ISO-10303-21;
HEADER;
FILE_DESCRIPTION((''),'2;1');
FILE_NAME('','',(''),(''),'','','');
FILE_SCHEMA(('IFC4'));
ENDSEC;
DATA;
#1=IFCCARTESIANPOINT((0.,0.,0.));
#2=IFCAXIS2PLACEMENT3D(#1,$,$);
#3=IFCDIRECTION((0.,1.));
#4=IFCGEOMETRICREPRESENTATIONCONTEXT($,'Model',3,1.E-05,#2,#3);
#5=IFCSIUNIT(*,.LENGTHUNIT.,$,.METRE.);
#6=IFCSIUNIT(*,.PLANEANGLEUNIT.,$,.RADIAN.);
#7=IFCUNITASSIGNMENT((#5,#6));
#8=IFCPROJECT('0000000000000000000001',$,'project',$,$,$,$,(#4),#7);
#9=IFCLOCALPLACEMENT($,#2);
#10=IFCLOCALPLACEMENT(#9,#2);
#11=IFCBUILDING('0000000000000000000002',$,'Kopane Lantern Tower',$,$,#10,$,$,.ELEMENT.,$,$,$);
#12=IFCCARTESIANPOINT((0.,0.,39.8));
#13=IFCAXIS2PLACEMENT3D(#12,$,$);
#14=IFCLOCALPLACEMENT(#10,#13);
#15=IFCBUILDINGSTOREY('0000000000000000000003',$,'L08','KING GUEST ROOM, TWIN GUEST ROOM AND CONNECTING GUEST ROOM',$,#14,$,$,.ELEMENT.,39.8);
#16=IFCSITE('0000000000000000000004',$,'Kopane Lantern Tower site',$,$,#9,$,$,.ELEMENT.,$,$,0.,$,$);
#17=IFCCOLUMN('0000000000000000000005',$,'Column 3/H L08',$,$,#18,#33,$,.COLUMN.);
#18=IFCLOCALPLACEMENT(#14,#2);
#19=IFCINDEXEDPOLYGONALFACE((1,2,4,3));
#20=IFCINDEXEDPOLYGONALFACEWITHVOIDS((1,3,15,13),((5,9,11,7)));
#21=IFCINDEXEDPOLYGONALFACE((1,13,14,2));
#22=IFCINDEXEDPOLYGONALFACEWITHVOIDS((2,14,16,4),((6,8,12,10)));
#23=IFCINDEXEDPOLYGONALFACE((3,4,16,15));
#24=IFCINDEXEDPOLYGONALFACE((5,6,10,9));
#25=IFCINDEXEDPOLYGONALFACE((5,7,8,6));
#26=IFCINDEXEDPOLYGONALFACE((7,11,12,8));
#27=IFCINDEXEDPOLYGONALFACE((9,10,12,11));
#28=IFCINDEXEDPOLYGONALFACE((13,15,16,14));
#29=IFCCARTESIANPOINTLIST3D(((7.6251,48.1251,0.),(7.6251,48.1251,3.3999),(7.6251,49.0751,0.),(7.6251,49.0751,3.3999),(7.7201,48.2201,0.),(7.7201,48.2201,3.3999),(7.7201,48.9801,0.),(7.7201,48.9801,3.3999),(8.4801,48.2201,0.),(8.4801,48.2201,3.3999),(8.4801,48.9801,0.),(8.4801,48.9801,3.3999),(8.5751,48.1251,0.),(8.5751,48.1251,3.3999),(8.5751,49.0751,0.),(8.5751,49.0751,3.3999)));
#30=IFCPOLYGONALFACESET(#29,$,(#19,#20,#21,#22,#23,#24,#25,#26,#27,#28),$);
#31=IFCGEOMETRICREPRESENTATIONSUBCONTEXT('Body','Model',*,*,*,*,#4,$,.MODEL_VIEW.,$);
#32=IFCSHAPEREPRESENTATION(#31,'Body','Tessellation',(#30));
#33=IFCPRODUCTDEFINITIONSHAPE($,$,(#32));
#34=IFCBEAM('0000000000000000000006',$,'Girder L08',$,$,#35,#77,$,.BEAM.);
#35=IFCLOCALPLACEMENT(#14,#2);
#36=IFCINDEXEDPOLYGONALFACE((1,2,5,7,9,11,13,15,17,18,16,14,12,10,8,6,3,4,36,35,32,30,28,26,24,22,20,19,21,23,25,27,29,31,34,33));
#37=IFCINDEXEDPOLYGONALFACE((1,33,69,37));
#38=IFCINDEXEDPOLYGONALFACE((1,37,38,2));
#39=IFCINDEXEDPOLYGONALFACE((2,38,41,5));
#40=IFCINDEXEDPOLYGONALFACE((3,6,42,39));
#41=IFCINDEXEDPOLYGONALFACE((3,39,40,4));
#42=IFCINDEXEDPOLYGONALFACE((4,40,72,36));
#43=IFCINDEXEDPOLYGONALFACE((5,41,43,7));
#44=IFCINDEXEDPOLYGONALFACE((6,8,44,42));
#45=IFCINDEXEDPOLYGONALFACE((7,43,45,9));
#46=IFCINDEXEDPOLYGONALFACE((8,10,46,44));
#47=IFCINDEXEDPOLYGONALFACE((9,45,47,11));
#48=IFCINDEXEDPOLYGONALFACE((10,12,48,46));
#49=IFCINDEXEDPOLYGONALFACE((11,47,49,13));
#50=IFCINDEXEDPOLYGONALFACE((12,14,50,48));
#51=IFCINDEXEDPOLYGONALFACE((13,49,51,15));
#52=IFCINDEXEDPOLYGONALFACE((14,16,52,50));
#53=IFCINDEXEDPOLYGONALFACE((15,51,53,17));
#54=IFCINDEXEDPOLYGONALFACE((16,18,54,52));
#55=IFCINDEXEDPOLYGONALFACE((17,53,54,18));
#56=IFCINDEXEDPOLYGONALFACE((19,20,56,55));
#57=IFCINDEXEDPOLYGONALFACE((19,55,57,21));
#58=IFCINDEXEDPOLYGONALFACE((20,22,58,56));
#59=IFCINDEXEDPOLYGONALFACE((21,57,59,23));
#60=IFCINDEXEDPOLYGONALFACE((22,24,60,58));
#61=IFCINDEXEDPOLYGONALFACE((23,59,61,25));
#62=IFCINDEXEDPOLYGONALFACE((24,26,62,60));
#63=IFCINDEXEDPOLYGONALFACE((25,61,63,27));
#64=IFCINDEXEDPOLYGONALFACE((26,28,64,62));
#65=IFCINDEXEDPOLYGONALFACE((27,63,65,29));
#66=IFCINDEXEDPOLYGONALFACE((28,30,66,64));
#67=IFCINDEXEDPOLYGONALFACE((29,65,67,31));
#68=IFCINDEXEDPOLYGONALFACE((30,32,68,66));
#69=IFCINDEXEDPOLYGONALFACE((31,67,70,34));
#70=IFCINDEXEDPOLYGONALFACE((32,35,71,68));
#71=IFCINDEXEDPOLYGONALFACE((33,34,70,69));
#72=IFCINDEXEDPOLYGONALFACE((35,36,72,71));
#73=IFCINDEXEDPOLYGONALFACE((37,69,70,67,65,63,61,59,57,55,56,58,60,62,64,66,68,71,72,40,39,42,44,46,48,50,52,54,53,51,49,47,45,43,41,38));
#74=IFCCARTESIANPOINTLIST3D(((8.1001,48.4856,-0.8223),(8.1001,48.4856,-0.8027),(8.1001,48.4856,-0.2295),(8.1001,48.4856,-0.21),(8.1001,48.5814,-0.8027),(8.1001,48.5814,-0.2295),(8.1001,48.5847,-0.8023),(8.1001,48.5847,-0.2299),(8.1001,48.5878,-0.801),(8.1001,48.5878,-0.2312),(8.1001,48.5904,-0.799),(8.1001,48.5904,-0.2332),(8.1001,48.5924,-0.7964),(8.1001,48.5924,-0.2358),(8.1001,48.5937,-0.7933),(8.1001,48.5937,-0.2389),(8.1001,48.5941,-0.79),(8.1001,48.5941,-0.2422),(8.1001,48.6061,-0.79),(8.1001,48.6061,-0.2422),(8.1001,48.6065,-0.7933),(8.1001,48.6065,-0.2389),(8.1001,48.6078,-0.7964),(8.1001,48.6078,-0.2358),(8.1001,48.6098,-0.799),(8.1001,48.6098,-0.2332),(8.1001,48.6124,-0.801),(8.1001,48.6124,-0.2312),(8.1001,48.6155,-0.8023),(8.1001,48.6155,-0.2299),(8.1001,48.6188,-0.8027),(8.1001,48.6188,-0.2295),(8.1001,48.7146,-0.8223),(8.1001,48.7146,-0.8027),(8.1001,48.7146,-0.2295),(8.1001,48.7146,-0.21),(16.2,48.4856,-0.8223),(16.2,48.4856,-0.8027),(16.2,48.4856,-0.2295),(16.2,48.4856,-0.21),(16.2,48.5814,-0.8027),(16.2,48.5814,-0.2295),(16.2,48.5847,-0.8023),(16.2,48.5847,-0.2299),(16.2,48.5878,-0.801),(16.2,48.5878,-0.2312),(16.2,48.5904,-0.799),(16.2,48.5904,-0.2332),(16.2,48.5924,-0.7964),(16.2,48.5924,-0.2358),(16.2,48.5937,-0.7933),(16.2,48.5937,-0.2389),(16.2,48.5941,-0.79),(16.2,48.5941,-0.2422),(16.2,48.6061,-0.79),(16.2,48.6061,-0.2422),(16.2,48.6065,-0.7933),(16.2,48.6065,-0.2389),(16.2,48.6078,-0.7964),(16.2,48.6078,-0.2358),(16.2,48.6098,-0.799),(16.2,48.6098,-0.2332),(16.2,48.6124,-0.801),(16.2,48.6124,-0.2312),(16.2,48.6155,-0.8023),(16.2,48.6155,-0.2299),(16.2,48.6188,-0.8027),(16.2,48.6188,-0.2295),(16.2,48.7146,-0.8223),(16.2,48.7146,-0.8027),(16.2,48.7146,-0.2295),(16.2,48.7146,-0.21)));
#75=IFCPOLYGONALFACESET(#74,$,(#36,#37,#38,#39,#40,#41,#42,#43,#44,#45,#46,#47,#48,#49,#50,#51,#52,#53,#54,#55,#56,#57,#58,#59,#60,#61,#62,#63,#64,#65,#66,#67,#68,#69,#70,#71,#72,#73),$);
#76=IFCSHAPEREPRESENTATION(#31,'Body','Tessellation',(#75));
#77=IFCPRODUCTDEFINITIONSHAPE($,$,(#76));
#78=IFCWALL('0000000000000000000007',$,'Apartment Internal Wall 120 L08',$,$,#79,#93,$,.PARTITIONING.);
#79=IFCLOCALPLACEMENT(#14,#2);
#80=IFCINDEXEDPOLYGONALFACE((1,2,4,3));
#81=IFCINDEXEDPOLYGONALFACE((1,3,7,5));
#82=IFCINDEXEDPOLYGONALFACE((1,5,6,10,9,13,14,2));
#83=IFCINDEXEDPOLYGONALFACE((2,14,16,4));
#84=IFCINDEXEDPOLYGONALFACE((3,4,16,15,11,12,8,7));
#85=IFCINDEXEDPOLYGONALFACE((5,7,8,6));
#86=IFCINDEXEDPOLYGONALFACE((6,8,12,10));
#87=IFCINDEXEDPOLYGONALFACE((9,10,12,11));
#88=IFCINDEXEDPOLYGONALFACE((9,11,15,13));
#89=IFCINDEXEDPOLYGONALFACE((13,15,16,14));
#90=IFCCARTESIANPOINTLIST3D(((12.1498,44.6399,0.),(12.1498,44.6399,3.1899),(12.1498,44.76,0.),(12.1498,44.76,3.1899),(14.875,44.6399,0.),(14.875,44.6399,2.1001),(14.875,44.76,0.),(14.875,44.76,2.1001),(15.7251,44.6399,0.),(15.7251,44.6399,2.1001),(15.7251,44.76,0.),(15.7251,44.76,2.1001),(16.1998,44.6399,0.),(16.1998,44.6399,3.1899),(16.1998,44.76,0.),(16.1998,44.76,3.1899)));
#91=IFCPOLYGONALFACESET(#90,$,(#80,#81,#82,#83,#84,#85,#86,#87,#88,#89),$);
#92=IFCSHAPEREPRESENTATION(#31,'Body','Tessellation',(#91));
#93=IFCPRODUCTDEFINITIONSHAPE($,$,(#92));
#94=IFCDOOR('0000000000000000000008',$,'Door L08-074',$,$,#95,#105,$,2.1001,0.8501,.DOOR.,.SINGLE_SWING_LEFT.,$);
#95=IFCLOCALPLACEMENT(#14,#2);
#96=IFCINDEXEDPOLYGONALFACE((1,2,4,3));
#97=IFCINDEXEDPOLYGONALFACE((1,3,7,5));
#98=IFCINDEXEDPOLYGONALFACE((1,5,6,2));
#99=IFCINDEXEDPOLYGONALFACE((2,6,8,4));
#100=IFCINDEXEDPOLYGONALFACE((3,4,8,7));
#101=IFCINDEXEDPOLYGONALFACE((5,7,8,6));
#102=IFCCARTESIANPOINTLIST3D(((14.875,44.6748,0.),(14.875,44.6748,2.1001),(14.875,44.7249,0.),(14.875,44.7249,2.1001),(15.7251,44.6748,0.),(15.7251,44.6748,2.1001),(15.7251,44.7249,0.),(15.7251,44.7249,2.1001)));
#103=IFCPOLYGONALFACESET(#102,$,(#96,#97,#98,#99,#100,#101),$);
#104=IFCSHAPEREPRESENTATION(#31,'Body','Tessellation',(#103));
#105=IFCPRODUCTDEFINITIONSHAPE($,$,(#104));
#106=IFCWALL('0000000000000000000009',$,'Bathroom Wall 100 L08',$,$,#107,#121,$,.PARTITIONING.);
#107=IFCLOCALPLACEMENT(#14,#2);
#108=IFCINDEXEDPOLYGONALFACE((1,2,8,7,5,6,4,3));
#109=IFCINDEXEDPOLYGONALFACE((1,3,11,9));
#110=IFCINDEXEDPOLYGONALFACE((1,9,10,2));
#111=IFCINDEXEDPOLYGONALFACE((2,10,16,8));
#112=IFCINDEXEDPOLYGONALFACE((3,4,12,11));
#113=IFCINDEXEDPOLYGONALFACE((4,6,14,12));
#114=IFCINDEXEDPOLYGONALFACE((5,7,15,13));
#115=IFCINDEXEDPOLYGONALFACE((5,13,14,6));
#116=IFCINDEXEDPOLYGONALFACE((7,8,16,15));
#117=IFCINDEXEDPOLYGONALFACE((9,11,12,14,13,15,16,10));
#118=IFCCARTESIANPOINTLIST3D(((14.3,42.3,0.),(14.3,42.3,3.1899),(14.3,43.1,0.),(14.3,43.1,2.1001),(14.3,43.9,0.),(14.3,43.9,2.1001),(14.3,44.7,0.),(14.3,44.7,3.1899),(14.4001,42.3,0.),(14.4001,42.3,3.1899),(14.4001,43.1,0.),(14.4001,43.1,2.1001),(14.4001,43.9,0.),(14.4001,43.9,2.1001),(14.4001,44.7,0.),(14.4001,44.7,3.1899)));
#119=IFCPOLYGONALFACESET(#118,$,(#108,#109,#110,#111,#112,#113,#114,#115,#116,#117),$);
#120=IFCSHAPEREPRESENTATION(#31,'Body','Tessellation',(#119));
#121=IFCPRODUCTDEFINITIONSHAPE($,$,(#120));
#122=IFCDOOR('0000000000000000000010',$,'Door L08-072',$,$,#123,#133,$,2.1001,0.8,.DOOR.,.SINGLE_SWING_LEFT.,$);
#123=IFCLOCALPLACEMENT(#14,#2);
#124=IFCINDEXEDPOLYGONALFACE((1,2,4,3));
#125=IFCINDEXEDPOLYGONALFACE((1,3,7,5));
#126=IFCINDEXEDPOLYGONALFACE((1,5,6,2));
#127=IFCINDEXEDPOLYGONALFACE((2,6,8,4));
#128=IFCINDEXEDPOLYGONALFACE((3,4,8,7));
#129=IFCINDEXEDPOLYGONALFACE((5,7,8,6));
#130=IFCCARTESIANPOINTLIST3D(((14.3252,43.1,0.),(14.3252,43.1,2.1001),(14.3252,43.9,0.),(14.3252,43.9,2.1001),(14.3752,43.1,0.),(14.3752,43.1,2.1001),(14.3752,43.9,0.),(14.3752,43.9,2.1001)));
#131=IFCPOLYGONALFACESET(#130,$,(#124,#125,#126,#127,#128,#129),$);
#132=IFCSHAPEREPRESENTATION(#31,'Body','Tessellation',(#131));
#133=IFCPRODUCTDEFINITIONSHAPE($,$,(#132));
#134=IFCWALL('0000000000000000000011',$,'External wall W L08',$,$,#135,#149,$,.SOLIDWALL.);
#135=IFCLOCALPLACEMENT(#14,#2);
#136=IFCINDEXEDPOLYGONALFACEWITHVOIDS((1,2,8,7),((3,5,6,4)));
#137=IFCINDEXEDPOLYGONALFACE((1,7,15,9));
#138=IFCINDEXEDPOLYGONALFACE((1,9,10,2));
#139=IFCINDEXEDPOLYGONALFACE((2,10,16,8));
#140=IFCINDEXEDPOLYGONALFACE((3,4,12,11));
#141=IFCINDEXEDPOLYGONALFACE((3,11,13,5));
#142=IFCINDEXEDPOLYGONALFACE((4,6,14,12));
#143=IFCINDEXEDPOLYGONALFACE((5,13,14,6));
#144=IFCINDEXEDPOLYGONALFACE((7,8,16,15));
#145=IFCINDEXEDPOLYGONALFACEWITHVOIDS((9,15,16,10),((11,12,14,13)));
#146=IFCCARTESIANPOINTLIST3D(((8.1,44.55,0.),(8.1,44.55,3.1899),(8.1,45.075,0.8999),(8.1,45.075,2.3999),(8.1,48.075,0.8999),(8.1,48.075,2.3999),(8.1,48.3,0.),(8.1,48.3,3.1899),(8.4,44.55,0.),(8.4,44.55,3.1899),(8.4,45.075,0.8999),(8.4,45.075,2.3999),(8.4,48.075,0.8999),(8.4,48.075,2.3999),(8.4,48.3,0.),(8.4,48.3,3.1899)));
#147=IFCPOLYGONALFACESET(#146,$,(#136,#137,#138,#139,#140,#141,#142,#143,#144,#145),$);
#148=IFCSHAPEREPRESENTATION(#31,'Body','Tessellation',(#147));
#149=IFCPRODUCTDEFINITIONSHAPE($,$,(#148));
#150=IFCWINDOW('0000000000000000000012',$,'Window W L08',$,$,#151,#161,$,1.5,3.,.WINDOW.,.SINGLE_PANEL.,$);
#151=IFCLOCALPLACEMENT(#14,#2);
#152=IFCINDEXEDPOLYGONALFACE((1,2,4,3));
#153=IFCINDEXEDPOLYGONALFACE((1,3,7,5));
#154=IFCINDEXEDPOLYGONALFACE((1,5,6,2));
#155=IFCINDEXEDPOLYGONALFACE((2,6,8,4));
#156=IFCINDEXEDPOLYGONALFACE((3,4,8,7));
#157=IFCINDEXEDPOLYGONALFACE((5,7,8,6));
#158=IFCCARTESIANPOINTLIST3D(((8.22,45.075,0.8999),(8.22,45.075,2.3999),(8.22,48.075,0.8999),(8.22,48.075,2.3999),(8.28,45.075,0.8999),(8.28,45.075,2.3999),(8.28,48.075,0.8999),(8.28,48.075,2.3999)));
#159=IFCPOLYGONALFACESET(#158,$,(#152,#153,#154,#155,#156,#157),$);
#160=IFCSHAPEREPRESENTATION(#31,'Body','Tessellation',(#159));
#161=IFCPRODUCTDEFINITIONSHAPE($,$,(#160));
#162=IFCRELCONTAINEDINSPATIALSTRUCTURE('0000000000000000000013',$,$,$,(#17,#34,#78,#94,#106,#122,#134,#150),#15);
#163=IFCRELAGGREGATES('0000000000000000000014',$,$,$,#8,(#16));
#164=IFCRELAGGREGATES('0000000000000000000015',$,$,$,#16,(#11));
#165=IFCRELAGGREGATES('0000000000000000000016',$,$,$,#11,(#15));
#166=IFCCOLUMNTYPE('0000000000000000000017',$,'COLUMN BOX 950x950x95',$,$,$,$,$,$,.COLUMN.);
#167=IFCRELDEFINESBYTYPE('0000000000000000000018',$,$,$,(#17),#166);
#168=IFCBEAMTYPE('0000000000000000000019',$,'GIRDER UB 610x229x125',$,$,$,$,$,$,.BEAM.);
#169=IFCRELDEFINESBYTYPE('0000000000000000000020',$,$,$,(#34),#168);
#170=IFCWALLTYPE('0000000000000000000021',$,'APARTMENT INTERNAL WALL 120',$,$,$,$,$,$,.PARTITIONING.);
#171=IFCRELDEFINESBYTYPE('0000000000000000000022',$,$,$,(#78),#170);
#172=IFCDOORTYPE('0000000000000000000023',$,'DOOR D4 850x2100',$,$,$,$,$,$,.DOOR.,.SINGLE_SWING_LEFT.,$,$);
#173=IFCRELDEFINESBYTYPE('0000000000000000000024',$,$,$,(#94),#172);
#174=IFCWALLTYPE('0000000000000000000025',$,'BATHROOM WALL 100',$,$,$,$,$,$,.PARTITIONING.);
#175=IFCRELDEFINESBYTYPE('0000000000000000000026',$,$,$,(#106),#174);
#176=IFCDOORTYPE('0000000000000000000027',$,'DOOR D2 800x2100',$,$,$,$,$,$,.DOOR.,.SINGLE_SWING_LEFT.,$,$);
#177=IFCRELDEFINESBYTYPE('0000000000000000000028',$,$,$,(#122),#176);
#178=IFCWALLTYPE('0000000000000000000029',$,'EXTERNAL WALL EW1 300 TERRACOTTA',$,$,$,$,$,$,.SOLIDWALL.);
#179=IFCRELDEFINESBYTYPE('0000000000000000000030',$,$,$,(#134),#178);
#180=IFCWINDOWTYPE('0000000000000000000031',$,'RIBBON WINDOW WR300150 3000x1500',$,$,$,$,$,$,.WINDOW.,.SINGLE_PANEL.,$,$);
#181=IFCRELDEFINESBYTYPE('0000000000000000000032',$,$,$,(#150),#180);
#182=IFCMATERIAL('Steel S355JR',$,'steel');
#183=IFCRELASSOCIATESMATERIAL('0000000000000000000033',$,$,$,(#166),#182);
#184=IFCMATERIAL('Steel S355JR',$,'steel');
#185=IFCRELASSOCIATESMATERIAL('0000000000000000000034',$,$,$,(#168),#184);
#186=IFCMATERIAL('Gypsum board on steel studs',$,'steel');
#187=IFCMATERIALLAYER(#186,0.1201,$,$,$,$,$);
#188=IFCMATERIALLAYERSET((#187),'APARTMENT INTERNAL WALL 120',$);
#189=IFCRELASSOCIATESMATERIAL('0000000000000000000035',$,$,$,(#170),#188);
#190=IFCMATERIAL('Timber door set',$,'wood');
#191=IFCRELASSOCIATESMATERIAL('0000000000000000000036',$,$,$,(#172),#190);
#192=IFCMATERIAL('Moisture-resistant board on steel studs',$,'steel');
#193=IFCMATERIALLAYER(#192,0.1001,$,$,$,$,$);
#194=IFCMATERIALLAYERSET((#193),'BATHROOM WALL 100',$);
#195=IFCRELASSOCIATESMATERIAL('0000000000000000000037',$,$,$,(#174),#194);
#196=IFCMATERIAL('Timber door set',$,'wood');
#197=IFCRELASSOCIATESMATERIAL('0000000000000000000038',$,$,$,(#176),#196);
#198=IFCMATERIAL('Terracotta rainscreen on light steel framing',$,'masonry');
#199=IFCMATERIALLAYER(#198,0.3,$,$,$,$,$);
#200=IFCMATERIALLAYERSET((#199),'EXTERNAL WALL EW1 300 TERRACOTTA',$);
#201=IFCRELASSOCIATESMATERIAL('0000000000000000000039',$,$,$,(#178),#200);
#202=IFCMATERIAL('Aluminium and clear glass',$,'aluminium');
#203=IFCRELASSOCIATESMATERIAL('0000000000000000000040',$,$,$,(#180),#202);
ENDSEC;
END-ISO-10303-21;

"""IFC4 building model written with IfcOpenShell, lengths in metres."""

from ifc_helpers import new_model, si_unit, direction, frame, frame_2d, origin, origin_2d, place, context, subcontext, project, spatial, rectangle, hollow_rectangle, i_section, extrude, material, layer, layer_set, material_profile, profile_set, type_object, element, fill, save


model = new_model("IFC4")

# Units and contexts
model_context = context("Model", 3, precision=1e-05, world=origin(), true_north=direction((0.0, 1.0)))
body_context = subcontext(model_context, "Body", "Model", "MODEL_VIEW")
ifc_project = project(units=[si_unit("LENGTHUNIT", "METRE"), si_unit("PLANEANGLEUNIT", "RADIAN")], contexts=[model_context])

# Site, building, storey
site_placement = place(None, origin())
site = spatial("IfcSite", under=ifc_project, at=site_placement, Name="Kopane Lantern Tower site", CompositionType="ELEMENT", RefElevation=0.0)
building_placement = place(site_placement, origin())
building = spatial("IfcBuilding", under=site, at=building_placement, Name="Kopane Lantern Tower", CompositionType="ELEMENT")
storey_placement = place(building_placement, frame((0.0, 0.0, 39.8)))
storey = spatial("IfcBuildingStorey", under=building, at=storey_placement, Name="L08", Description="KING GUEST ROOM, TWIN GUEST ROOM AND CONNECTING GUEST ROOM", CompositionType="ELEMENT", Elevation=39.8)

# Column
ifc_material_1 = material(Name="Steel S355JR", Category="steel")
ifc_material_profile_1 = material_profile(ifc_material_1, hollow_rectangle(XDim=0.95, YDim=0.95, WallThickness=0.095, at=origin_2d()), Name="BOX 950x950x95")
ifc_profile_set_1 = profile_set([ifc_material_profile_1], Name="Steel S355JR")
column_type = type_object("IfcColumnType", Name="COLUMN BOX 950x950x95", PredefinedType="COLUMN", material=ifc_profile_set_1)
column_placement = place(storey_placement, frame((8.1001, 48.6001, 0.0), z_axis=(0.0, 0.0, 1.0), x_axis=(1.0, 0.0, 0.0)))
element("IfcColumn", 1, at=column_placement, inside=storey, type_object=column_type, Name="Column 3/H L08", PredefinedType="COLUMN", context=body_context, shape_type="SweptSolid", body=[
    extrude(hollow_rectangle(XDim=0.95, YDim=0.95, WallThickness=0.095, at=origin_2d()), origin(), (0.0, 0.0, 1.0), 3.3999),
])

# Beam
ifc_material_2 = material(Name="Steel S355JR", Category="steel")
ifc_material_profile_2 = material_profile(ifc_material_2, i_section(OverallWidth=0.229, OverallDepth=0.6123, WebThickness=0.012, FlangeThickness=0.0195, FilletRadius=0.0127, at=origin_2d()), Name="UB 610x229x125")
ifc_profile_set_2 = profile_set([ifc_material_profile_2], Name="Steel S355JR")
beam_type = type_object("IfcBeamType", Name="GIRDER UB 610x229x125", PredefinedType="BEAM", material=ifc_profile_set_2)
beam_placement = place(storey_placement, frame((8.1001, 48.6001, -0.5161), z_axis=(1.0, 0.0, 0.0), x_axis=(0.0, 1.0, 0.0)))
element("IfcBeam", 2, at=beam_placement, inside=storey, type_object=beam_type, Name="Girder L08", PredefinedType="BEAM", context=body_context, shape_type="SweptSolid", body=[
    extrude(i_section(OverallWidth=0.229, OverallDepth=0.6123, WebThickness=0.012, FlangeThickness=0.0195, FilletRadius=0.0127, at=origin_2d()), origin(), (0.0, 0.0, 1.0), 8.0999),
])

# Walls, openings, doors
ifc_material_3 = material(Name="Gypsum board on steel studs", Category="steel")
ifc_layer_1 = layer(ifc_material_3, 0.1201)
ifc_layer_set_1 = layer_set([ifc_layer_1], Name="APARTMENT INTERNAL WALL 120")
wall_type_1 = type_object("IfcWallType", Name="APARTMENT INTERNAL WALL 120", PredefinedType="PARTITIONING", material=ifc_layer_set_1)
wall_1_placement = place(storey_placement, frame((12.1499, 44.7, 0.0), z_axis=(0.0, 0.0, 1.0), x_axis=(1.0, 0.0, 0.0)))
wall_1 = element("IfcWall", 3, at=wall_1_placement, inside=storey, type_object=wall_type_1, Name="Apartment Internal Wall 120 L08", PredefinedType="PARTITIONING", context=body_context, shape_type="SweptSolid", body=[
    extrude(rectangle(XDim=4.05, YDim=0.1201, at=frame_2d((2.0249, 0.0))), origin(), (0.0, 0.0, 1.0), 3.1899),
])
opening_1_placement = place(wall_1_placement, frame((2.7251, 0.0, 0.0)))
opening_1 = element("IfcOpeningElement", 4, at=opening_1_placement, cuts=wall_1, PredefinedType="OPENING", context=body_context, shape_type="SweptSolid", body=[
    extrude(rectangle(XDim=0.8501, YDim=2.1001, at=frame_2d((0.425, 1.05))), frame((0.0, 0.0701, 0.0), z_axis=(0.0, -1.0, 0.0), x_axis=(1.0, 0.0, 0.0)), (0.0, 0.0, 1.0), 0.1401),
])
ifc_material_4 = material(Name="Timber door set", Category="wood")
door_type_1 = type_object("IfcDoorType", Name="DOOR D4 850x2100", OperationType="SINGLE_SWING_LEFT", PredefinedType="DOOR", material=ifc_material_4)
door_1_placement = place(opening_1_placement, origin())
door_1 = element("IfcDoor", 5, at=door_1_placement, inside=storey, type_object=door_type_1, Name="Door L08-074", OperationType="SINGLE_SWING_LEFT", OverallHeight=2.1001, OverallWidth=0.8501, PredefinedType="DOOR", context=body_context, shape_type="SweptSolid", body=[
    extrude(rectangle(XDim=0.8501, YDim=2.1001, at=frame_2d((0.425, 1.05))), frame((0.0, 0.0249, 0.0), z_axis=(0.0, -1.0, 0.0), x_axis=(1.0, 0.0, 0.0)), (0.0, 0.0, 1.0), 0.05),
])
fill(opening_1, door_1)
ifc_material_5 = material(Name="Moisture-resistant board on steel studs", Category="steel")
ifc_layer_2 = layer(ifc_material_5, 0.1001)
ifc_layer_set_2 = layer_set([ifc_layer_2], Name="BATHROOM WALL 100")
wall_type_2 = type_object("IfcWallType", Name="BATHROOM WALL 100", PredefinedType="PARTITIONING", material=ifc_layer_set_2)
wall_2_placement = place(storey_placement, frame((14.3501, 42.3, 0.0), z_axis=(0.0, 0.0, 1.0), x_axis=(0.0, 1.0, 0.0)))
wall_2 = element("IfcWall", 6, at=wall_2_placement, inside=storey, type_object=wall_type_2, Name="Bathroom Wall 100 L08", PredefinedType="PARTITIONING", context=body_context, shape_type="SweptSolid", body=[
    extrude(rectangle(XDim=2.3999, YDim=0.1001, at=frame_2d((1.2, 0.0))), origin(), (0.0, 0.0, 1.0), 3.1899),
])
opening_2_placement = place(wall_2_placement, frame((0.8, 0.0, 0.0)))
opening_2 = element("IfcOpeningElement", 7, at=opening_2_placement, cuts=wall_2, PredefinedType="OPENING", context=body_context, shape_type="SweptSolid", body=[
    extrude(rectangle(XDim=0.8, YDim=2.1001, at=frame_2d((0.3999, 1.05))), frame((0.0, 0.0601, 0.0), z_axis=(0.0, -1.0, 0.0), x_axis=(1.0, 0.0, 0.0)), (0.0, 0.0, 1.0), 0.1201),
])
ifc_material_6 = material(Name="Timber door set", Category="wood")
door_type_2 = type_object("IfcDoorType", Name="DOOR D2 800x2100", OperationType="SINGLE_SWING_LEFT", PredefinedType="DOOR", material=ifc_material_6)
door_2_placement = place(opening_2_placement, origin())
door_2 = element("IfcDoor", 8, at=door_2_placement, inside=storey, type_object=door_type_2, Name="Door L08-072", OperationType="SINGLE_SWING_LEFT", OverallHeight=2.1001, OverallWidth=0.8, PredefinedType="DOOR", context=body_context, shape_type="SweptSolid", body=[
    extrude(rectangle(XDim=0.8, YDim=2.1001, at=frame_2d((0.3999, 1.05))), frame((0.0, 0.0249, 0.0), z_axis=(0.0, -1.0, 0.0), x_axis=(1.0, 0.0, 0.0)), (0.0, 0.0, 1.0), 0.05),
])
fill(opening_2, door_2)

# Wall, opening, window
ifc_material_7 = material(Name="Terracotta rainscreen on light steel framing", Category="masonry")
ifc_layer_3 = layer(ifc_material_7, 0.3)
ifc_layer_set_3 = layer_set([ifc_layer_3], Name="EXTERNAL WALL EW1 300 TERRACOTTA")
wall_type_3 = type_object("IfcWallType", Name="EXTERNAL WALL EW1 300 TERRACOTTA", PredefinedType="SOLIDWALL", material=ifc_layer_set_3)
wall_3_placement = place(storey_placement, frame((8.25, 48.3, 0.0), z_axis=(0.0, 0.0, 1.0), x_axis=(0.0, -1.0, 0.0)))
wall_3 = element("IfcWall", 9, at=wall_3_placement, inside=storey, type_object=wall_type_3, Name="External wall W L08", PredefinedType="SOLIDWALL", context=body_context, shape_type="SweptSolid", body=[
    extrude(rectangle(XDim=3.75, YDim=0.3, at=frame_2d((1.875, 0.0))), origin(), (0.0, 0.0, 1.0), 3.1899),
])
opening_3_placement = place(wall_3_placement, frame((0.2251, 0.0, 0.8999)))
opening_3 = element("IfcOpeningElement", 10, at=opening_3_placement, cuts=wall_3, PredefinedType="OPENING", context=body_context, shape_type="SweptSolid", body=[
    extrude(rectangle(XDim=3.0, YDim=1.5, at=frame_2d((1.5, 0.75))), frame((0.0, 0.1599, 0.0), z_axis=(0.0, -1.0, 0.0), x_axis=(1.0, 0.0, 0.0)), (0.0, 0.0, 1.0), 0.3201),
])
ifc_material_8 = material(Name="Aluminium and clear glass", Category="aluminium")
window_type = type_object("IfcWindowType", Name="RIBBON WINDOW WR300150 3000x1500", PartitioningType="SINGLE_PANEL", PredefinedType="WINDOW", material=ifc_material_8)
window_1_placement = place(opening_3_placement, origin())
window_1 = element("IfcWindow", 11, at=window_1_placement, inside=storey, type_object=window_type, Name="Window W L08", OverallHeight=1.5, OverallWidth=3.0, PartitioningType="SINGLE_PANEL", PredefinedType="WINDOW", context=body_context, shape_type="SweptSolid", body=[
    extrude(rectangle(XDim=3.0, YDim=1.5, at=frame_2d((1.5, 0.75))), frame((0.0, 0.03, 0.0), z_axis=(0.0, -1.0, 0.0), x_axis=(1.0, 0.0, 0.0)), (0.0, 0.0, 1.0), 0.0601),
])
fill(opening_3, window_1)

save(model, "model.ifc")
